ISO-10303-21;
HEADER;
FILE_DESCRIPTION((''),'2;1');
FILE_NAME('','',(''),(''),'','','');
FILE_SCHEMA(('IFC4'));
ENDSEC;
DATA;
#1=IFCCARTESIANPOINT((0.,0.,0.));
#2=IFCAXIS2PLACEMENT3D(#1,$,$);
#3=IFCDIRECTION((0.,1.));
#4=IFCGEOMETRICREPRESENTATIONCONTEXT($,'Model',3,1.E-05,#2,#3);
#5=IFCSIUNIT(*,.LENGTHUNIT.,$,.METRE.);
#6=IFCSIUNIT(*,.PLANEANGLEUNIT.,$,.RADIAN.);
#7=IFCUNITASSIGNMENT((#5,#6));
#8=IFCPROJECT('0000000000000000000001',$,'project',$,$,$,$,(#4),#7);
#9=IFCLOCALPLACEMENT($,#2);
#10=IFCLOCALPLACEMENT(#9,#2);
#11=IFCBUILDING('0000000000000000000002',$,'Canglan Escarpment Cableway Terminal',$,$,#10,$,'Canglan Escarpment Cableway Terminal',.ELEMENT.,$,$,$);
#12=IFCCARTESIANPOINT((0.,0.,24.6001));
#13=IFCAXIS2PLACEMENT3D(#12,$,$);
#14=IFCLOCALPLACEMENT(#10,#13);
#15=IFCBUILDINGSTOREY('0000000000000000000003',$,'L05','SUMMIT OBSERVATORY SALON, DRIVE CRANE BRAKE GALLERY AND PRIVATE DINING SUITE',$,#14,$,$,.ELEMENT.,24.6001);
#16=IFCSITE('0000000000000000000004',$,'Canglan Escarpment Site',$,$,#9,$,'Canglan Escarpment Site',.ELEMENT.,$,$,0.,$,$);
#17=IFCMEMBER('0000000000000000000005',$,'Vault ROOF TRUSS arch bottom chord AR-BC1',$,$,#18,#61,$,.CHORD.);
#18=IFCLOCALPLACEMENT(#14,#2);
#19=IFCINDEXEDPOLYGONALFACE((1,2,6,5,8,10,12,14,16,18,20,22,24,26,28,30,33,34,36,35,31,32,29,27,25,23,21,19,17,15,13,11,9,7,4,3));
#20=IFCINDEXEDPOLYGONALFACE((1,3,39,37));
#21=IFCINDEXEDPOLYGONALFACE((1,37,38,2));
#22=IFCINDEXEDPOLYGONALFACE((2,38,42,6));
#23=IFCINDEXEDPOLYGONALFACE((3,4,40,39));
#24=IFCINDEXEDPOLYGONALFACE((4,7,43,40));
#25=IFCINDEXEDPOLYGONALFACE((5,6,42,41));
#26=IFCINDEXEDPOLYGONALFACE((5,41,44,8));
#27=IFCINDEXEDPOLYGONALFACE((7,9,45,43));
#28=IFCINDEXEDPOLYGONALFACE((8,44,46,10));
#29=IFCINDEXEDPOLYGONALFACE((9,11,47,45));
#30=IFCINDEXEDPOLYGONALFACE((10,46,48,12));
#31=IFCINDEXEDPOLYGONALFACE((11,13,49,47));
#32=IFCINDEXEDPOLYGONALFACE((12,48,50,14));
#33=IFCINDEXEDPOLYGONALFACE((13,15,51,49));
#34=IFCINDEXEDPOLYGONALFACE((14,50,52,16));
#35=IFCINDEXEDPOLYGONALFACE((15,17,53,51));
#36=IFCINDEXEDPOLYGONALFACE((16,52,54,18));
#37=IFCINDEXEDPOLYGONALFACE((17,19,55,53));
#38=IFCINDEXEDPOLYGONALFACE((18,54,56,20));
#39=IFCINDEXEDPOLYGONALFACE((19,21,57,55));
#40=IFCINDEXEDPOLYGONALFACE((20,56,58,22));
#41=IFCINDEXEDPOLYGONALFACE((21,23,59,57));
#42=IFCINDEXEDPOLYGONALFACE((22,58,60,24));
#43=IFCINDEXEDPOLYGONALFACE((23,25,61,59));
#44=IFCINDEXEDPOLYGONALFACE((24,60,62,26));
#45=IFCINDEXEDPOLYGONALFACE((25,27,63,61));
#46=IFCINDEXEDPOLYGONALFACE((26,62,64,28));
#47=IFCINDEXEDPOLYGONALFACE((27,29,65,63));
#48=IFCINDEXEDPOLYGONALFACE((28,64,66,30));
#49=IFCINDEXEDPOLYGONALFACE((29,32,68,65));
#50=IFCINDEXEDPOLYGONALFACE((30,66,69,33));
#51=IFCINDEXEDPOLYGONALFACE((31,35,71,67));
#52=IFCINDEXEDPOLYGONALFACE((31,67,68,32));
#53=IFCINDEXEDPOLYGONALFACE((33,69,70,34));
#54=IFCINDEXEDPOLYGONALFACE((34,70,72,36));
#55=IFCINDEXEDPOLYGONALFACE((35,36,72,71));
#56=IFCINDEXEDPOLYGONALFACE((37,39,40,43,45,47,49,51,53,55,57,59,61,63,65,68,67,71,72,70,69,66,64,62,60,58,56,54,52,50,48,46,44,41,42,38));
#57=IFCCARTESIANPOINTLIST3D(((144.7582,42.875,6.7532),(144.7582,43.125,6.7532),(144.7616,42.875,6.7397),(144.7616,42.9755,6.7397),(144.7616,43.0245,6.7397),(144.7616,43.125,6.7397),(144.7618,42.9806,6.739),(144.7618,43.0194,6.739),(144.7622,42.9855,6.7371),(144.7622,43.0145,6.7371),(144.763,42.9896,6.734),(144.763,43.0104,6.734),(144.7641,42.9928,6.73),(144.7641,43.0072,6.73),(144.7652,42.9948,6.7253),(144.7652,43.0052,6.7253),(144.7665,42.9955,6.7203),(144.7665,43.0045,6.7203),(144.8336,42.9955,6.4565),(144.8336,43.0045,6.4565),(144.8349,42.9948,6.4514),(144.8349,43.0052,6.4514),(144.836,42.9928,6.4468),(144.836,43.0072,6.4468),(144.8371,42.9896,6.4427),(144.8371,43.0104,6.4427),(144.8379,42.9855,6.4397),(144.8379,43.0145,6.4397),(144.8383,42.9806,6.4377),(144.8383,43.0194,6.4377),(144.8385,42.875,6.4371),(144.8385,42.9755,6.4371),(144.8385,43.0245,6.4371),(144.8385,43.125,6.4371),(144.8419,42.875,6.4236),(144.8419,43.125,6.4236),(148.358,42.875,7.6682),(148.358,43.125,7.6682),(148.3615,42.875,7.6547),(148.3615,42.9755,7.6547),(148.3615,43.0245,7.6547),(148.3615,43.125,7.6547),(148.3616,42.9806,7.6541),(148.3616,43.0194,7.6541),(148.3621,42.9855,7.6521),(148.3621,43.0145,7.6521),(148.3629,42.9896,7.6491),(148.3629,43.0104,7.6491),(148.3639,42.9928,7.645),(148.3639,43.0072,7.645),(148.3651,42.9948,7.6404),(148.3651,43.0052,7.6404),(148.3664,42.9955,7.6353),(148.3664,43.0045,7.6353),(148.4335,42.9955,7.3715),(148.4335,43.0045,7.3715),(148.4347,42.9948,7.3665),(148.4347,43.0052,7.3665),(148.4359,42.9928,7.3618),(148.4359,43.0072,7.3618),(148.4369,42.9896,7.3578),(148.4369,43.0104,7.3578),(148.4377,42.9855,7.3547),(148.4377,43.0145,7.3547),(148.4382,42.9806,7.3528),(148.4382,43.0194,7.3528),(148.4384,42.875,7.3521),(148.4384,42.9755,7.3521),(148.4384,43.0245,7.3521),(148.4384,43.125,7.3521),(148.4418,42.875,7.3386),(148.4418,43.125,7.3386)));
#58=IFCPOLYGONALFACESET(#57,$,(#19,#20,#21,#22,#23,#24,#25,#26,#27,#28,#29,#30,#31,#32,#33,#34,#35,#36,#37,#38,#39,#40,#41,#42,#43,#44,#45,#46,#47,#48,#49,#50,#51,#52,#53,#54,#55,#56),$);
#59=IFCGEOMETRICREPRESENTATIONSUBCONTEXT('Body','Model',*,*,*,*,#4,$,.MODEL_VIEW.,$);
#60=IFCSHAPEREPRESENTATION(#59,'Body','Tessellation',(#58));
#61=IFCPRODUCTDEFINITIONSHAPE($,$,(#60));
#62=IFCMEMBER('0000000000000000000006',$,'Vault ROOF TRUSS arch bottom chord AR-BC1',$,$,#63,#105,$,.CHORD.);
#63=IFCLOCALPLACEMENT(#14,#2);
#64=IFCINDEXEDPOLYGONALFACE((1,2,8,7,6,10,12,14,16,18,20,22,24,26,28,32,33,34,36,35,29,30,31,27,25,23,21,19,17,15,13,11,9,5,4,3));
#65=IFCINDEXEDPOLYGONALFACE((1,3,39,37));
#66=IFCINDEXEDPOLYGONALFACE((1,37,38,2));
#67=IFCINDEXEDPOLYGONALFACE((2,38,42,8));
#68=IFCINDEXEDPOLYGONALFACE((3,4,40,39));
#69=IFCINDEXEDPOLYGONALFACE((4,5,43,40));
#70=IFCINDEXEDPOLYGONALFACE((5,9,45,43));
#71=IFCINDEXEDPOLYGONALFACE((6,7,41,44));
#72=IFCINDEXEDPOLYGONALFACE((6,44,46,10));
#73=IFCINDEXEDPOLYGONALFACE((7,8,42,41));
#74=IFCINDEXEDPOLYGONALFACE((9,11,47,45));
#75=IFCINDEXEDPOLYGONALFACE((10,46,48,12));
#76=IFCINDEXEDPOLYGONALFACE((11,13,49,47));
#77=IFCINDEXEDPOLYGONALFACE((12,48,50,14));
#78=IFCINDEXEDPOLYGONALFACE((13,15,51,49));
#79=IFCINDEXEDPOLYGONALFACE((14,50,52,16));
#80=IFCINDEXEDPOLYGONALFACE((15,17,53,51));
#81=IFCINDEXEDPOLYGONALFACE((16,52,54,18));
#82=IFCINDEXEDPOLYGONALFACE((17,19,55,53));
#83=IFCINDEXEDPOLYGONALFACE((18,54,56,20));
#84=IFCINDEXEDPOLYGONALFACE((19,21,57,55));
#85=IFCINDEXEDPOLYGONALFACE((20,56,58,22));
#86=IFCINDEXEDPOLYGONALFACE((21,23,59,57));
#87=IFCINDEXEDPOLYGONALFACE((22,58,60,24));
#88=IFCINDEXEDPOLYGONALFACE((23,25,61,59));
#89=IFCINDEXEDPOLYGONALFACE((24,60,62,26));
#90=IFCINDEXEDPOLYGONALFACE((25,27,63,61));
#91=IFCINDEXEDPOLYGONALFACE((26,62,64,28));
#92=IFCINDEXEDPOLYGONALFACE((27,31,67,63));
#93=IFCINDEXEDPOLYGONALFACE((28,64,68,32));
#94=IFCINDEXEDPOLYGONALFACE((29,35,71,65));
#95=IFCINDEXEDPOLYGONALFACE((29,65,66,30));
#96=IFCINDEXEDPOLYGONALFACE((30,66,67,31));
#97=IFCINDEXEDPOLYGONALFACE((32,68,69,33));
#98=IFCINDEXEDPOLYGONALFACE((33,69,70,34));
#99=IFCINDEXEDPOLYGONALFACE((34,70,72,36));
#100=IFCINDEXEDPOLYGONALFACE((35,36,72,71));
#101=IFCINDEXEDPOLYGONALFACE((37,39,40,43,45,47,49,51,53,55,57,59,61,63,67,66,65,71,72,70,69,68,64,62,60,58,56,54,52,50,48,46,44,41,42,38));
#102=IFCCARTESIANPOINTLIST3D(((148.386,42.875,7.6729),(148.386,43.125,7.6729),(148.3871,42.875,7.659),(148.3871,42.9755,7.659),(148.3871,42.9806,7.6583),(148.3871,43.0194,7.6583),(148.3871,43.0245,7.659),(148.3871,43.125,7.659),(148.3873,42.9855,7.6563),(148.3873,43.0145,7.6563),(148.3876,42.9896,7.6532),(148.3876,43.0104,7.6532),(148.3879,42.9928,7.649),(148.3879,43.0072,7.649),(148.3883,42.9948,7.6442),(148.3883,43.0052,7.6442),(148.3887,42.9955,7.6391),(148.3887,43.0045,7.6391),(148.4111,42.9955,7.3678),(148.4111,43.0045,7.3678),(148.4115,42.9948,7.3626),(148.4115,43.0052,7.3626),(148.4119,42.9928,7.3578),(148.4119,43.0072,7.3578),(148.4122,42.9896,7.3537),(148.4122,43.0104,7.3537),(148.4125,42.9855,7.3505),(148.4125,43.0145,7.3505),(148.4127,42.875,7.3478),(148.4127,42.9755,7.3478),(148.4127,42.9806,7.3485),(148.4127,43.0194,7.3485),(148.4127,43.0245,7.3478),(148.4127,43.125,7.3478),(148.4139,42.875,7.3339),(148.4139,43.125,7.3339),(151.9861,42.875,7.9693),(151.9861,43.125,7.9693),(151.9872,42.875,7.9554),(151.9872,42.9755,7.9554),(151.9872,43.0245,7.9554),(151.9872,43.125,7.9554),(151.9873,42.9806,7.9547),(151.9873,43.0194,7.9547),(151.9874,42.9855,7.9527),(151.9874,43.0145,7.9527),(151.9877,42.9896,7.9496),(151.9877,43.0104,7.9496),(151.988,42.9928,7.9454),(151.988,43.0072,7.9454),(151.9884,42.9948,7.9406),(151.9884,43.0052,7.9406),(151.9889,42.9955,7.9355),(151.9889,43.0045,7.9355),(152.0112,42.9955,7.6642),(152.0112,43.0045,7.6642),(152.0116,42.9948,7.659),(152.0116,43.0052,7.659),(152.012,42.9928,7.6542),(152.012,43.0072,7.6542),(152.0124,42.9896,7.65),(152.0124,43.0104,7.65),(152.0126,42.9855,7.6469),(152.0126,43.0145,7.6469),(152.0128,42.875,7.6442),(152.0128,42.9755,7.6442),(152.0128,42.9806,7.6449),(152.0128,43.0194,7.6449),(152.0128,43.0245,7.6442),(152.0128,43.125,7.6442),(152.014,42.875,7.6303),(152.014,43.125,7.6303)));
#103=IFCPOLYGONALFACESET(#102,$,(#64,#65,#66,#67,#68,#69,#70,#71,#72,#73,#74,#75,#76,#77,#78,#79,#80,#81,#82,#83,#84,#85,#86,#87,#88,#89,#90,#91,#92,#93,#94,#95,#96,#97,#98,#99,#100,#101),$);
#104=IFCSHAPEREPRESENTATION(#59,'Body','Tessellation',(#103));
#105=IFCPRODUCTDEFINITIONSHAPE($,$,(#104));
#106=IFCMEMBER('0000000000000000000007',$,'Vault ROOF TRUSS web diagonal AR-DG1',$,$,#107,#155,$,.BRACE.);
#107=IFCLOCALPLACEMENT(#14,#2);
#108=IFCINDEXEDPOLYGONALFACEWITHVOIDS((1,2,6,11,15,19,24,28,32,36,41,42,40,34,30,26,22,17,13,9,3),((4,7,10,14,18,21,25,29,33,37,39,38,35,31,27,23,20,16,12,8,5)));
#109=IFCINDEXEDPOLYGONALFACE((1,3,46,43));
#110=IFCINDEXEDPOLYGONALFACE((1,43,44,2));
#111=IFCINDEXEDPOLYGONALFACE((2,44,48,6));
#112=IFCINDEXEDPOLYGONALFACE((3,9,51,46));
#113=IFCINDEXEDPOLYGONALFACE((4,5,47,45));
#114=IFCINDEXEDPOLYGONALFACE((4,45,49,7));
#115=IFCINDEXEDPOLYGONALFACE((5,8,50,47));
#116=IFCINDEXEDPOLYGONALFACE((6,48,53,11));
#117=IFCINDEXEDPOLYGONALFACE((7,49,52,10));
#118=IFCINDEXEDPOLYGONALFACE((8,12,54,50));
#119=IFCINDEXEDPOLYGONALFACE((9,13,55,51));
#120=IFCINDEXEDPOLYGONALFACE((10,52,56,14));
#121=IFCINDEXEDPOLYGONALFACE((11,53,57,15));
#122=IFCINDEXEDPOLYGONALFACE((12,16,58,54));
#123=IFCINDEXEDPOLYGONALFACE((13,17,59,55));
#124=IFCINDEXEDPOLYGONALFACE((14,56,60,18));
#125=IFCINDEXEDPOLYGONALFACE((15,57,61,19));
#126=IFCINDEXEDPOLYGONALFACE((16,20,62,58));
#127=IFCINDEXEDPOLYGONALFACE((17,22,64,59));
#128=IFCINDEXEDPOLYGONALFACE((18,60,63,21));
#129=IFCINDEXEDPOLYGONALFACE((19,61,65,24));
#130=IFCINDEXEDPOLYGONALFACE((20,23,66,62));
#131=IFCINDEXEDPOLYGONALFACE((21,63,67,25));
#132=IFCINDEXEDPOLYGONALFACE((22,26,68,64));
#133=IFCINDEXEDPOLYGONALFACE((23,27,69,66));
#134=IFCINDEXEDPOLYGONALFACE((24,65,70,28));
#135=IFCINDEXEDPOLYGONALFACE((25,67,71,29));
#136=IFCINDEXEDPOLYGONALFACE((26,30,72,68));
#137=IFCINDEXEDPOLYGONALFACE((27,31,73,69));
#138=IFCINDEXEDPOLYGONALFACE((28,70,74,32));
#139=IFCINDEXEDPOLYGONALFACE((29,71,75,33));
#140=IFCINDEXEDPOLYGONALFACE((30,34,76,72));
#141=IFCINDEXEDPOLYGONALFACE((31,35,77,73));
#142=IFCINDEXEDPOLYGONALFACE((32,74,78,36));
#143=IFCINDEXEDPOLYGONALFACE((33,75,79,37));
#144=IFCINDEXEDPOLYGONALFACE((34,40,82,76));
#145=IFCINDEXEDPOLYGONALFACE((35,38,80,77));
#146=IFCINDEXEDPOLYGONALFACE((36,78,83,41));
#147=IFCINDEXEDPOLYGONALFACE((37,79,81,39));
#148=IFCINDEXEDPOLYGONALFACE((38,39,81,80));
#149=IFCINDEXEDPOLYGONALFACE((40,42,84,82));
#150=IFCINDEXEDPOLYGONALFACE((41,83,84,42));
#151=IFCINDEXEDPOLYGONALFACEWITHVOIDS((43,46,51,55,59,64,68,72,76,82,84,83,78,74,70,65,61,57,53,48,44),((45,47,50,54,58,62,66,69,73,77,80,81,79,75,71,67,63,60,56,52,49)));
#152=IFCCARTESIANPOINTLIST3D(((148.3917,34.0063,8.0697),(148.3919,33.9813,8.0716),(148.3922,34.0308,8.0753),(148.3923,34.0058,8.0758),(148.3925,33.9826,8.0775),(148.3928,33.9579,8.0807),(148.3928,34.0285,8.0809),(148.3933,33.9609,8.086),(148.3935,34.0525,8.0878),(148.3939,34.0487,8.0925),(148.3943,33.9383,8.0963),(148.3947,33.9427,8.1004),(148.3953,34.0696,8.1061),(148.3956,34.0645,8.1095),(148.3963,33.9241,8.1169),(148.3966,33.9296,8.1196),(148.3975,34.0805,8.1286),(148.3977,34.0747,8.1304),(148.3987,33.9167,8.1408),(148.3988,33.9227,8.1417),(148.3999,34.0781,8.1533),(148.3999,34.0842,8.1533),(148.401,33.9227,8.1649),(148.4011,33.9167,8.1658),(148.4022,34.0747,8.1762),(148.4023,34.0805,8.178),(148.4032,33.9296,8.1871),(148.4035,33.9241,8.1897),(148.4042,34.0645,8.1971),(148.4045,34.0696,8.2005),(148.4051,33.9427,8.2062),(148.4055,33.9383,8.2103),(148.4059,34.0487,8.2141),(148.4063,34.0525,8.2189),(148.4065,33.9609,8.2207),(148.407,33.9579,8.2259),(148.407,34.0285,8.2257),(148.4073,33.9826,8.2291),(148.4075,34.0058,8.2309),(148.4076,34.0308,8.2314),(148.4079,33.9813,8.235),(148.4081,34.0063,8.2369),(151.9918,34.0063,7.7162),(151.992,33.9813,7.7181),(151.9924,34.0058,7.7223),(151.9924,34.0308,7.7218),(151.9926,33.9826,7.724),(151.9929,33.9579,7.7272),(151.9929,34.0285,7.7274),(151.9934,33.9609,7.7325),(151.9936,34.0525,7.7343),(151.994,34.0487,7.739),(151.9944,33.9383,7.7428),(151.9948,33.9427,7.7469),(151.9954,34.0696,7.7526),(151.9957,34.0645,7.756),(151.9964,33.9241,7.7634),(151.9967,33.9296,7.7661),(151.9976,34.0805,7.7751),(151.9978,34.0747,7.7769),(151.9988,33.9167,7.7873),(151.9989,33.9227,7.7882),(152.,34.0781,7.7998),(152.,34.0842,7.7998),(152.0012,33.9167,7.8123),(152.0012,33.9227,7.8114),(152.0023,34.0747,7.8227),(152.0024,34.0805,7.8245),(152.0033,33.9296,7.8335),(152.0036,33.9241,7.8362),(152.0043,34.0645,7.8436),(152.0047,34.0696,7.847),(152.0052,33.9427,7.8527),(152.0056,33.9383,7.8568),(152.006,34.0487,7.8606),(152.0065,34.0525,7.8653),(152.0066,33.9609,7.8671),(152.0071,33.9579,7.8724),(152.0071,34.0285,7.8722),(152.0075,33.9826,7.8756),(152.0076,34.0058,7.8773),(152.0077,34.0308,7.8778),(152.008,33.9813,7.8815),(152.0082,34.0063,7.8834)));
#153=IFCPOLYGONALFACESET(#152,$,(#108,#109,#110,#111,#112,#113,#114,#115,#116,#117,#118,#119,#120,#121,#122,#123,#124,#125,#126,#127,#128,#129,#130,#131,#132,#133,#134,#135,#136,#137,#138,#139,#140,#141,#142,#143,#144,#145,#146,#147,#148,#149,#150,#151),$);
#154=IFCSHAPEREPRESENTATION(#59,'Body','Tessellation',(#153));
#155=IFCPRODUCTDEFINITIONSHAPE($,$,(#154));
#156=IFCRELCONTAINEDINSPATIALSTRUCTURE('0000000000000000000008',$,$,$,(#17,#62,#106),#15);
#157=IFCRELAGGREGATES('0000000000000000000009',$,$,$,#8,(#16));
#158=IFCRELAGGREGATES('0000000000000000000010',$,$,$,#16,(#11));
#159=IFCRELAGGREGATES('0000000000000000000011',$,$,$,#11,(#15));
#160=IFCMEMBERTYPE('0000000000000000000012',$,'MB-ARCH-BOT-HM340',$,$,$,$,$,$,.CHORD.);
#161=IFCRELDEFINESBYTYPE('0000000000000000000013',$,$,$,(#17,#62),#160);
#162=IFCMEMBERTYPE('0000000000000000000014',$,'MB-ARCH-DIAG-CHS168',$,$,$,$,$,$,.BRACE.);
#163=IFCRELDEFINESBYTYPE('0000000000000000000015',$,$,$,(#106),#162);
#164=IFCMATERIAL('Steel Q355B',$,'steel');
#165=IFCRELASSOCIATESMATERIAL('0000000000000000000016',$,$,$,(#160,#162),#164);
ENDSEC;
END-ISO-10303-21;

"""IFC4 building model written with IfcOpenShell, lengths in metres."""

from ifc_helpers import new_model, si_unit, direction, frame, origin, origin_2d, place, context, subcontext, project, spatial, hollow_circle, i_section, extrude, material, material_profile, profile_set, type_object, element, save


model = new_model("IFC4")

# Units and contexts
model_context = context("Model", 3, precision=1e-05, world=origin(), true_north=direction((0.0, 1.0)))
body_context = subcontext(model_context, "Body", "Model", "MODEL_VIEW")
ifc_project = project(units=[si_unit("LENGTHUNIT", "METRE"), si_unit("PLANEANGLEUNIT", "RADIAN")], contexts=[model_context])

# Site, building, storey
site_placement = place(None, origin())
site = spatial("IfcSite", under=ifc_project, at=site_placement, Name="Canglan Escarpment Site", LongName="Canglan Escarpment Site", CompositionType="ELEMENT", RefElevation=0.0)
building_placement = place(site_placement, origin())
building = spatial("IfcBuilding", under=site, at=building_placement, Name="Canglan Escarpment Cableway Terminal", LongName="Canglan Escarpment Cableway Terminal", CompositionType="ELEMENT")
storey_placement = place(building_placement, frame((0.0, 0.0, 24.6001)))
storey = spatial("IfcBuildingStorey", under=building, at=storey_placement, Name="L05", Description="SUMMIT OBSERVATORY SALON, DRIVE CRANE BRAKE GALLERY AND PRIVATE DINING SUITE", CompositionType="ELEMENT", Elevation=24.6001)

# Shared definitions
ifc_material_1 = material(Name="Steel Q355B", Category="steel")

# Members
ifc_material_profile_1 = material_profile(ifc_material_1, i_section(OverallWidth=0.25, OverallDepth=0.3401, WebThickness=0.009, FlangeThickness=0.0139, FilletRadius=0.02, at=origin_2d()), Name="HM 340x250x9x14")
ifc_profile_set_1 = profile_set([ifc_material_profile_1], Name="Steel Q355B")
member_type_1 = type_object("IfcMemberType", Name="MB-ARCH-BOT-HM340", PredefinedType="CHORD", material=ifc_profile_set_1)
member_1_placement = place(storey_placement, frame((144.8, 43.0, 6.5884), z_axis=(0.96918, 0.0, 0.246354), x_axis=(0.0, 1.0, 0.0)))
element("IfcMember", 1, at=member_1_placement, inside=storey, type_object=member_type_1, Name="Vault ROOF TRUSS arch bottom chord AR-BC1", PredefinedType="CHORD", context=body_context, shape_type="SweptSolid", body=[
    extrude(i_section(OverallWidth=0.25, OverallDepth=0.3401, WebThickness=0.009, FlangeThickness=0.0139, FilletRadius=0.02, at=origin_2d()), origin(), (0.0, 0.0, 1.0), 3.7144),
])
member_2_placement = place(storey_placement, frame((148.3999, 43.0, 7.5034), z_axis=(0.996628, 0.0, 0.08205), x_axis=(0.0, 1.0, 0.0)))
element("IfcMember", 2, at=member_2_placement, inside=storey, type_object=member_type_1, Name="Vault ROOF TRUSS arch bottom chord AR-BC1", PredefinedType="CHORD", context=body_context, shape_type="SweptSolid", body=[
    extrude(i_section(OverallWidth=0.25, OverallDepth=0.3401, WebThickness=0.009, FlangeThickness=0.0139, FilletRadius=0.02, at=origin_2d()), origin(), (0.0, 0.0, 1.0), 3.6123),
])
ifc_material_profile_2 = material_profile(ifc_material_1, hollow_circle(Radius=0.0842, WallThickness=0.0061, at=origin_2d()), Name="CHS 168.3x6")
ifc_profile_set_2 = profile_set([ifc_material_profile_2], Name="Steel Q355B")
member_type_2 = type_object("IfcMemberType", Name="MB-ARCH-DIAG-CHS168", PredefinedType="BRACE", material=ifc_profile_set_2)
member_3_placement = place(storey_placement, frame((148.3999, 34.0, 8.1533), z_axis=(0.995213, 0.0, -0.097726), x_axis=(0.0, 1.0, 0.0)))
element("IfcMember", 3, at=member_3_placement, inside=storey, type_object=member_type_2, Name="Vault ROOF TRUSS web diagonal AR-DG1", PredefinedType="BRACE", context=body_context, shape_type="SweptSolid", body=[
    extrude(hollow_circle(Radius=0.0842, WallThickness=0.0061, at=origin_2d()), origin(), (0.0, 0.0, 1.0), 3.6174),
])

save(model, "model.ifc")
